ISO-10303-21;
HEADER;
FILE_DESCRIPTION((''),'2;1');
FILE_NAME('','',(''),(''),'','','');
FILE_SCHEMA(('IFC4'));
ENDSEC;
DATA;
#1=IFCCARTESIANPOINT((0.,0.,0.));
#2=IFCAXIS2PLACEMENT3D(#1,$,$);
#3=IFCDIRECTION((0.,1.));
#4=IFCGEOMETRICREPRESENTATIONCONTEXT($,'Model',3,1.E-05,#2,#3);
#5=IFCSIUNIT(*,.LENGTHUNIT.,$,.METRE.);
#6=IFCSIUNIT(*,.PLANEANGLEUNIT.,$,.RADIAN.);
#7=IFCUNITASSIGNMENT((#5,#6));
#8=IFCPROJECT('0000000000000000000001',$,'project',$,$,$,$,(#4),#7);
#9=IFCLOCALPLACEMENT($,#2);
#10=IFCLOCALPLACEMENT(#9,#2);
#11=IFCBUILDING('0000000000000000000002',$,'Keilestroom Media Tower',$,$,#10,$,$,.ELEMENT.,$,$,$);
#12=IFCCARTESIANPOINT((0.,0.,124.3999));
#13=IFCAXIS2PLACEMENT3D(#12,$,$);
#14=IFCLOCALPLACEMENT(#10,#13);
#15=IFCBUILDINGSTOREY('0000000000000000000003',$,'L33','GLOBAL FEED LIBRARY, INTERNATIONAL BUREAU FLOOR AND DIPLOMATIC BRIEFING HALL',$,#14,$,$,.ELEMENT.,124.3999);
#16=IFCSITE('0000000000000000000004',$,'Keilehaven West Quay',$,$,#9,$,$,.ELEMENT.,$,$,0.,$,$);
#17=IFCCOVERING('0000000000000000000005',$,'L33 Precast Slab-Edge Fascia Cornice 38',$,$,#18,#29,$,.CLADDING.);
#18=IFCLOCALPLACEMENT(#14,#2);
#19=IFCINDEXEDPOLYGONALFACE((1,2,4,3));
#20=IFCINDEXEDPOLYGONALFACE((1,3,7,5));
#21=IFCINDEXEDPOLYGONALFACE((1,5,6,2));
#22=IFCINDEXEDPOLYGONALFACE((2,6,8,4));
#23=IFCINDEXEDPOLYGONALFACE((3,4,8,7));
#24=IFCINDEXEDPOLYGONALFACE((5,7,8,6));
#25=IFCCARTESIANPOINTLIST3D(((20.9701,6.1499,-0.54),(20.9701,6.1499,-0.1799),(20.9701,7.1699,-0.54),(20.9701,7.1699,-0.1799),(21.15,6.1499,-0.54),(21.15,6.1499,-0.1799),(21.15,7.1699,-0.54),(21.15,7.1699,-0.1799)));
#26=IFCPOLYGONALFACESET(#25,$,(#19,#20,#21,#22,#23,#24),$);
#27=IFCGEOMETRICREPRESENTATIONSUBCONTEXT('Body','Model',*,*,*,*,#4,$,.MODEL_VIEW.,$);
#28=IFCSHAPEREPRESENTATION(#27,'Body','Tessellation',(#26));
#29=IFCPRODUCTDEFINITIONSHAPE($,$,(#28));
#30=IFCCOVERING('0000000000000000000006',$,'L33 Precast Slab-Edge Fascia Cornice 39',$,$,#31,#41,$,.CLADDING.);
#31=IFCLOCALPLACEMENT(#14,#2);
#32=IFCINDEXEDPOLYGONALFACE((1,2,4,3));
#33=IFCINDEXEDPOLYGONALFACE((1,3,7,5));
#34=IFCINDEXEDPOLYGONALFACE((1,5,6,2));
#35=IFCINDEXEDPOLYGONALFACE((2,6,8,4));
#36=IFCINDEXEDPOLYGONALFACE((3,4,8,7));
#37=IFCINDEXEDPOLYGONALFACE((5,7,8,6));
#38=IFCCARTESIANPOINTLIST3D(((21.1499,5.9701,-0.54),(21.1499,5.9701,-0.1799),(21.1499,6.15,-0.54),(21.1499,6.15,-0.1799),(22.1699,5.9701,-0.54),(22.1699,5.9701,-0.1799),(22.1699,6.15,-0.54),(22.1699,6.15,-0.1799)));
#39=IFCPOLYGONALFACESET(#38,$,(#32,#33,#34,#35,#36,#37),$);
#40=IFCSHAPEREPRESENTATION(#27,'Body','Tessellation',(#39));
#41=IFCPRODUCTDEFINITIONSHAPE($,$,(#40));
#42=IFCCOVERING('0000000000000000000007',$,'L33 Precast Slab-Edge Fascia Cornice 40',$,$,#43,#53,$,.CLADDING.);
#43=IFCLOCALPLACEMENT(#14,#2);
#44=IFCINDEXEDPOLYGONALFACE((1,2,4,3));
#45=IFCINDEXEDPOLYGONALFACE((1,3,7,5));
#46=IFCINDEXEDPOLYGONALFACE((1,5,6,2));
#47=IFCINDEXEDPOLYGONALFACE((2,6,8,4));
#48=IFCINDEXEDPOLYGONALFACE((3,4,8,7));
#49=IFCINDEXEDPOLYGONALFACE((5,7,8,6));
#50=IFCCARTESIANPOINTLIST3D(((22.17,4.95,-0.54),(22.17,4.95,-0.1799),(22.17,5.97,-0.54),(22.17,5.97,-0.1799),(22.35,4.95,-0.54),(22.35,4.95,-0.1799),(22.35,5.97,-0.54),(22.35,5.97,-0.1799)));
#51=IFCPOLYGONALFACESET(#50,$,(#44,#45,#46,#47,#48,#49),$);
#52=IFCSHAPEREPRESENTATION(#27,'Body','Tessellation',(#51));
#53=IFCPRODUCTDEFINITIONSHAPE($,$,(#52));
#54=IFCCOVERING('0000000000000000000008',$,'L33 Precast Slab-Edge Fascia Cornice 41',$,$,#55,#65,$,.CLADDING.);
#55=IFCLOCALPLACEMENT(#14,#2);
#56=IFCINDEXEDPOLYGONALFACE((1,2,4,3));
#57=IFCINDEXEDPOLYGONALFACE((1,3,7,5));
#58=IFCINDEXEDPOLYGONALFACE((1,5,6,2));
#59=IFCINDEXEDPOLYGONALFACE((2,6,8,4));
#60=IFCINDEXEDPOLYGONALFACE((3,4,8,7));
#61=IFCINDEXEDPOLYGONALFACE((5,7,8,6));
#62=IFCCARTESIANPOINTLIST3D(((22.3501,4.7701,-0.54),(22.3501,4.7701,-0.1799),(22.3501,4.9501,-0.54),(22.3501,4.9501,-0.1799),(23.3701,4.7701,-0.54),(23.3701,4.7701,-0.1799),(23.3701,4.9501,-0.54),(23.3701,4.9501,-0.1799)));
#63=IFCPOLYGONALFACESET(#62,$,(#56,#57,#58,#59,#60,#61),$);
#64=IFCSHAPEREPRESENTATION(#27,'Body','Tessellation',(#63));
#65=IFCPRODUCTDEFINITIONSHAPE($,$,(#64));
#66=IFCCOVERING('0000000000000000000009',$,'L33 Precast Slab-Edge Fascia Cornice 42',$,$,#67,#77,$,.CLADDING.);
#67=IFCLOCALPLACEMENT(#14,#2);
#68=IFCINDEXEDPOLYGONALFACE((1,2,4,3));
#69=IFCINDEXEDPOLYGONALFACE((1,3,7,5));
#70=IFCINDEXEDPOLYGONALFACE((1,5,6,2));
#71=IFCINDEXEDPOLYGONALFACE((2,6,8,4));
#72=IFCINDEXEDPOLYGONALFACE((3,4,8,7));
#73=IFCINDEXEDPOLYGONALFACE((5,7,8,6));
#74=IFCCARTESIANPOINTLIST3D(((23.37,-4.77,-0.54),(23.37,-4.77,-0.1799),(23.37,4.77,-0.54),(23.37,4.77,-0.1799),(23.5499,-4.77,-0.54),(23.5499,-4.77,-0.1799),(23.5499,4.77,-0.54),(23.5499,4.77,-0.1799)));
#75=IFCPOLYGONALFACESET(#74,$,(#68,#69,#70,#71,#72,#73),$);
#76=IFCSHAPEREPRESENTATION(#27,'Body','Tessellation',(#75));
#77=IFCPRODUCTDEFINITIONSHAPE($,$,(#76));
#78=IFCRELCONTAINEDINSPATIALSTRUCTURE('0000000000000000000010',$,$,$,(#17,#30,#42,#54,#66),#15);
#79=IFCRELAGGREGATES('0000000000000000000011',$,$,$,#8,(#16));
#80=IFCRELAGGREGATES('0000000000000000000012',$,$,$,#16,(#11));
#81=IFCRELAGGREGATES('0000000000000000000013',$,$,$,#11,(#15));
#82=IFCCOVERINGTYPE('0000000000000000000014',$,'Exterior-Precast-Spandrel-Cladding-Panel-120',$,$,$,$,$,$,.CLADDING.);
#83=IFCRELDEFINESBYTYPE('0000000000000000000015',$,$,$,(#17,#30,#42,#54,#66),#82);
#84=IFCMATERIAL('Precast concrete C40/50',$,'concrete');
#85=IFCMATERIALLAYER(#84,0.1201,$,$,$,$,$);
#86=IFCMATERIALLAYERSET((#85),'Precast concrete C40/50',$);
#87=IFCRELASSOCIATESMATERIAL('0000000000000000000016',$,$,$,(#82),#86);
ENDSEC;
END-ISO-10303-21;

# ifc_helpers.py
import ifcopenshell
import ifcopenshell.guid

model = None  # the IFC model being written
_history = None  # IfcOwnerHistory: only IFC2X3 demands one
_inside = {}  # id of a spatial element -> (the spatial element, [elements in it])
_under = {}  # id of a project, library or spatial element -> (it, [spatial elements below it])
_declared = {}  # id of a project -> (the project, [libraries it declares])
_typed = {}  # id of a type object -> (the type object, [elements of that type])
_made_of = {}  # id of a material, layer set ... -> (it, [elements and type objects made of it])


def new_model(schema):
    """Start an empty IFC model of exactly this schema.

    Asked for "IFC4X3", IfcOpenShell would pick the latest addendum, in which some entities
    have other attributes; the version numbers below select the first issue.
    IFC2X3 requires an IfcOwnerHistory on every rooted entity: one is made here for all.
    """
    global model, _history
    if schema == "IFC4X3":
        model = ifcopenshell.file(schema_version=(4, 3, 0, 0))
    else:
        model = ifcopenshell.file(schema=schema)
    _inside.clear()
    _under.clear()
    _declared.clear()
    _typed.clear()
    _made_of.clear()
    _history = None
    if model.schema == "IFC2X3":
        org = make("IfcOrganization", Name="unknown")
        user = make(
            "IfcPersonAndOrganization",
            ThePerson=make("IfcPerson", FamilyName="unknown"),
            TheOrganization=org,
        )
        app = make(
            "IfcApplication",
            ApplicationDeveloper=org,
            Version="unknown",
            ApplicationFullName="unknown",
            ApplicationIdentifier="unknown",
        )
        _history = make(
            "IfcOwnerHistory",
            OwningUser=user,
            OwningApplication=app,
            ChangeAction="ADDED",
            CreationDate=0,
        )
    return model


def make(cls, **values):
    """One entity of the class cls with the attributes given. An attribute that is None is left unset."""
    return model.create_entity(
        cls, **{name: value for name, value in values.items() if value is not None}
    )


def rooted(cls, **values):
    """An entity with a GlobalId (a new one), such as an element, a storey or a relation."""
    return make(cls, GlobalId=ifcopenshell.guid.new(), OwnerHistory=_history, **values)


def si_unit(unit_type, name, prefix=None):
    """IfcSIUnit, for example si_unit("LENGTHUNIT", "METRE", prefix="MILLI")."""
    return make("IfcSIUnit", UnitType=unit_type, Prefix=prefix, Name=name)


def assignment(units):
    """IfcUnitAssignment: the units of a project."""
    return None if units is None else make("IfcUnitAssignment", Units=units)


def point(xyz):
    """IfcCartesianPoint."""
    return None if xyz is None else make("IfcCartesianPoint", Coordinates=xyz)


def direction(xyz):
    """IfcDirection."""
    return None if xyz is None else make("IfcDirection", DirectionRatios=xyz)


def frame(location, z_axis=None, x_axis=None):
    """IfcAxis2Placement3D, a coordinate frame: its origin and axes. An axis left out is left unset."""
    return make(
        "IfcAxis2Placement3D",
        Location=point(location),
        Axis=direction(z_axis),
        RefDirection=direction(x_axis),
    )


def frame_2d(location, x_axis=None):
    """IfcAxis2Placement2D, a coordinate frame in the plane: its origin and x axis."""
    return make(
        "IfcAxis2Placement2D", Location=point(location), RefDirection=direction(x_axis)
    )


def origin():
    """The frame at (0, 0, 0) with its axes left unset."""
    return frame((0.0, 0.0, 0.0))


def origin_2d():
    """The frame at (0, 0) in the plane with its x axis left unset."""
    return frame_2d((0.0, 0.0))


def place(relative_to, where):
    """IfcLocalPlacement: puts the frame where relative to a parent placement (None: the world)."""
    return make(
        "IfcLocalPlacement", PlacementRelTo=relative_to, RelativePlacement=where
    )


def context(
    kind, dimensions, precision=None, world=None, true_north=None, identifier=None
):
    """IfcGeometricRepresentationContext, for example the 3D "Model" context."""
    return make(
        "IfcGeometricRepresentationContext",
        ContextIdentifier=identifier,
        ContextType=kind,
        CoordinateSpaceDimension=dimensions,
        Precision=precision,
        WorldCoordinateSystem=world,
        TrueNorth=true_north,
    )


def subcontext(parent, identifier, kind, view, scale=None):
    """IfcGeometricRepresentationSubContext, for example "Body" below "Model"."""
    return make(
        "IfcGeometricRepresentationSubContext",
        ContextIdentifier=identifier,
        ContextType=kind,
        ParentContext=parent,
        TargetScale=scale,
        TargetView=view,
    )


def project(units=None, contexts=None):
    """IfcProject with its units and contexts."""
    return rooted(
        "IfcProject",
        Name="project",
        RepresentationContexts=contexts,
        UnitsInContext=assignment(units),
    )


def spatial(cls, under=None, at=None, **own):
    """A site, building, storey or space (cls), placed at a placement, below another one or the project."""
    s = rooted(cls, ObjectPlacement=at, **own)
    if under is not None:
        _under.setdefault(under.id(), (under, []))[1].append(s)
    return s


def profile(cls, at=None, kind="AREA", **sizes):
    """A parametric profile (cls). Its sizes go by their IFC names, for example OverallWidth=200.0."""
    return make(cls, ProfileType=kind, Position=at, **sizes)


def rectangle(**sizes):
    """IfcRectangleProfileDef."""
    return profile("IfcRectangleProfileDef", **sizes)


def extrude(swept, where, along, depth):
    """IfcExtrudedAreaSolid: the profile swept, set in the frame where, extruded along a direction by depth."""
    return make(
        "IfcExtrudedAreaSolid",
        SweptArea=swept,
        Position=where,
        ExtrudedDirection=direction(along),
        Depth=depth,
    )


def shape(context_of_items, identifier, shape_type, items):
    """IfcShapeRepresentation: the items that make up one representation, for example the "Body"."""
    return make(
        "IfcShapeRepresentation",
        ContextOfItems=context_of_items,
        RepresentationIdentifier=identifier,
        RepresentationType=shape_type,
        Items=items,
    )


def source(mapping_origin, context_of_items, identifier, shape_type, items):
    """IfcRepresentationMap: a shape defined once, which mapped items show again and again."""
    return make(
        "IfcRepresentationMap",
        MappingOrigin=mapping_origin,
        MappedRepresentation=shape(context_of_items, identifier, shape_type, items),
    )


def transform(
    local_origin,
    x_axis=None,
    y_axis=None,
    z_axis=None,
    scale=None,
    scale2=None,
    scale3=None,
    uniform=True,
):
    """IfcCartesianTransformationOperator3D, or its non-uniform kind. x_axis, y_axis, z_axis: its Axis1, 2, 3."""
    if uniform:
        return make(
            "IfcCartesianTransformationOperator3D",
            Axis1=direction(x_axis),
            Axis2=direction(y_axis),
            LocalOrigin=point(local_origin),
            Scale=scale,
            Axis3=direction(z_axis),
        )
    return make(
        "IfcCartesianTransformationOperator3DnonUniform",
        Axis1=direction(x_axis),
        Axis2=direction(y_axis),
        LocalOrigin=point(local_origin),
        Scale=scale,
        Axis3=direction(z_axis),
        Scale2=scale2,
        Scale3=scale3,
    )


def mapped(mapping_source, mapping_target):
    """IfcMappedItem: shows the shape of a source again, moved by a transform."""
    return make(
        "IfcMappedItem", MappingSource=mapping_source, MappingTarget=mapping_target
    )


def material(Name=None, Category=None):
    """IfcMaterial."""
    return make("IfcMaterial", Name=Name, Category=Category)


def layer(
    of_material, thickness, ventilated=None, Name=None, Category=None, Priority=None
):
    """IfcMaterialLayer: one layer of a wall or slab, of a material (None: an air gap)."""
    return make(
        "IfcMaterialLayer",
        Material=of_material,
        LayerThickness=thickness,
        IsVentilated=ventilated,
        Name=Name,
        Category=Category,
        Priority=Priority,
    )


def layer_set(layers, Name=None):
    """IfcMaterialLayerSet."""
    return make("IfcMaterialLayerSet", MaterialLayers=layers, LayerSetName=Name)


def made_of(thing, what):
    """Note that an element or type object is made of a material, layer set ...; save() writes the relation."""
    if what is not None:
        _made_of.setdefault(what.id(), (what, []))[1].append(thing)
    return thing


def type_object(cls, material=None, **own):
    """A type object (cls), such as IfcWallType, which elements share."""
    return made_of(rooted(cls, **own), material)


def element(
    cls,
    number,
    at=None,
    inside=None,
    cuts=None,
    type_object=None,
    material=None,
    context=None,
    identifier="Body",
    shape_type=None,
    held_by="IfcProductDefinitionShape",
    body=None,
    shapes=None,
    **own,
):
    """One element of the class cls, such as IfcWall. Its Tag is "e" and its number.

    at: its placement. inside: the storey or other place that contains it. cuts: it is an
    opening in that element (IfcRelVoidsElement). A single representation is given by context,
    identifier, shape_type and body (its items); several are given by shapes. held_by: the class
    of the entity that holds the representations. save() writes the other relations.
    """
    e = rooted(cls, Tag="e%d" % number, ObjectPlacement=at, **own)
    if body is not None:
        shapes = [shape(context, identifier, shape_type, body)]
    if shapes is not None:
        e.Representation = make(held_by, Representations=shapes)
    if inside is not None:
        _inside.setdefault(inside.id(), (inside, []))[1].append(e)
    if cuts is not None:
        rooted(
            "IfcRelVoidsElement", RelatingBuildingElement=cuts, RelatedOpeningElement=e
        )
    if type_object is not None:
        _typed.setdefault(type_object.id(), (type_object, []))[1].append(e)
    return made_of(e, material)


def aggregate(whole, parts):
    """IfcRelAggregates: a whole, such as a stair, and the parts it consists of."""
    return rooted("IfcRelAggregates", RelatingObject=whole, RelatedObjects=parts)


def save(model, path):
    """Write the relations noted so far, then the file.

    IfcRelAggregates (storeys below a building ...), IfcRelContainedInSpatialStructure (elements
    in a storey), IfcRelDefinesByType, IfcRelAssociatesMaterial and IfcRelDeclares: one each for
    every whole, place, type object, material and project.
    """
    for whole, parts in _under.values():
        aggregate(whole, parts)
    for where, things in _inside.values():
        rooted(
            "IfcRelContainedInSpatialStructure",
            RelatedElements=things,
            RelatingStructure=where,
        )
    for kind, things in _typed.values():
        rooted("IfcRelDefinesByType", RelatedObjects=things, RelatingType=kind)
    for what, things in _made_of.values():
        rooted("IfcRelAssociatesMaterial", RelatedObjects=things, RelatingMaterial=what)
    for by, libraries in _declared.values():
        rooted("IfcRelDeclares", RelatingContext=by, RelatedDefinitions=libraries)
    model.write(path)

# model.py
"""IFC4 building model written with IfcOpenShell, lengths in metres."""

from ifc_helpers import new_model, si_unit, direction, frame, origin, origin_2d, place, context, subcontext, project, spatial, rectangle, extrude, source, transform, mapped, material, layer, layer_set, type_object, element, save


model = new_model("IFC4")

# Units and contexts
model_context = context("Model", 3, precision=1e-05, world=origin(), true_north=direction((0.0, 1.0)))
body_context = subcontext(model_context, "Body", "Model", "MODEL_VIEW")
ifc_project = project(units=[si_unit("LENGTHUNIT", "METRE"), si_unit("PLANEANGLEUNIT", "RADIAN")], contexts=[model_context])

# Site, building, storey
site_placement = place(None, origin())
site = spatial("IfcSite", under=ifc_project, at=site_placement, Name="Keilehaven West Quay", CompositionType="ELEMENT", RefElevation=0.0)
building_placement = place(site_placement, origin())
building = spatial("IfcBuilding", under=site, at=building_placement, Name="Keilestroom Media Tower", CompositionType="ELEMENT")
storey_placement = place(building_placement, frame((0.0, 0.0, 124.3999)))
storey = spatial("IfcBuildingStorey", under=building, at=storey_placement, Name="L33", Description="GLOBAL FEED LIBRARY, INTERNATIONAL BUREAU FLOOR AND DIPLOMATIC BRIEFING HALL", CompositionType="ELEMENT", Elevation=124.3999)

# Shared definitions
ifc_material_1 = material(Name="Precast concrete C40/50", Category="concrete")

# Coverings
ifc_layer_1 = layer(ifc_material_1, 0.1201)
ifc_layer_set_1 = layer_set([ifc_layer_1], Name="Precast concrete C40/50")
covering_type = type_object("IfcCoveringType", Name="Exterior-Precast-Spandrel-Cladding-Panel-120", PredefinedType="CLADDING", material=ifc_layer_set_1)
shared_shape_1 = source(origin(), body_context, "Body", "SweptSolid", [
    extrude(rectangle(XDim=1.02, YDim=0.1799, at=origin_2d()), origin(), (0.0, 0.0, 1.0), 0.3601),
])
for number, where, z_axis, x_axis, name in (
    (1, (21.0601, 6.6599, -0.54), (0.0, 0.0, 1.0), (0.0, -1.0, 0.0), "L33 Precast Slab-Edge Fascia Cornice 38"),
    (2, (21.6599, 6.0601, -0.54), (0.0, 0.0, 1.0), (1.0, 0.0, 0.0), "L33 Precast Slab-Edge Fascia Cornice 39"),
    (3, (22.26, 5.46, -0.54), (0.0, 0.0, 1.0), (0.0, -1.0, 0.0), "L33 Precast Slab-Edge Fascia Cornice 40"),
    (4, (22.8601, 4.8601, -0.54), (0.0, 0.0, 1.0), (1.0, 0.0, 0.0), "L33 Precast Slab-Edge Fascia Cornice 41"),
):
    element("IfcCovering", number, at=place(storey_placement, frame(where, z_axis=z_axis, x_axis=x_axis)), inside=storey, type_object=covering_type, Name=name, PredefinedType="CLADDING", context=body_context, shape_type="MappedRepresentation", body=[
        mapped(shared_shape_1, transform((0.0, 0.0, 0.0), x_axis=(1.0, 0.0, 0.0), y_axis=(0.0, 1.0, 0.0), z_axis=(0.0, 0.0, 1.0), scale=1.0)),
    ])
shared_shape_2 = source(origin(), body_context, "Body", "SweptSolid", [
    extrude(rectangle(XDim=9.54, YDim=0.1799, at=origin_2d()), origin(), (0.0, 0.0, 1.0), 0.3601),
])
covering_placement = place(storey_placement, frame((23.46, 0.0, -0.54), z_axis=(0.0, 0.0, 1.0), x_axis=(0.0, -1.0, 0.0)))
element("IfcCovering", 5, at=covering_placement, inside=storey, type_object=covering_type, Name="L33 Precast Slab-Edge Fascia Cornice 42", PredefinedType="CLADDING", context=body_context, shape_type="MappedRepresentation", body=[
    mapped(shared_shape_2, transform((0.0, 0.0, 0.0), x_axis=(1.0, 0.0, 0.0), y_axis=(0.0, 1.0, 0.0), z_axis=(0.0, 0.0, 1.0), scale=1.0)),
])

save(model, "model.ifc")
